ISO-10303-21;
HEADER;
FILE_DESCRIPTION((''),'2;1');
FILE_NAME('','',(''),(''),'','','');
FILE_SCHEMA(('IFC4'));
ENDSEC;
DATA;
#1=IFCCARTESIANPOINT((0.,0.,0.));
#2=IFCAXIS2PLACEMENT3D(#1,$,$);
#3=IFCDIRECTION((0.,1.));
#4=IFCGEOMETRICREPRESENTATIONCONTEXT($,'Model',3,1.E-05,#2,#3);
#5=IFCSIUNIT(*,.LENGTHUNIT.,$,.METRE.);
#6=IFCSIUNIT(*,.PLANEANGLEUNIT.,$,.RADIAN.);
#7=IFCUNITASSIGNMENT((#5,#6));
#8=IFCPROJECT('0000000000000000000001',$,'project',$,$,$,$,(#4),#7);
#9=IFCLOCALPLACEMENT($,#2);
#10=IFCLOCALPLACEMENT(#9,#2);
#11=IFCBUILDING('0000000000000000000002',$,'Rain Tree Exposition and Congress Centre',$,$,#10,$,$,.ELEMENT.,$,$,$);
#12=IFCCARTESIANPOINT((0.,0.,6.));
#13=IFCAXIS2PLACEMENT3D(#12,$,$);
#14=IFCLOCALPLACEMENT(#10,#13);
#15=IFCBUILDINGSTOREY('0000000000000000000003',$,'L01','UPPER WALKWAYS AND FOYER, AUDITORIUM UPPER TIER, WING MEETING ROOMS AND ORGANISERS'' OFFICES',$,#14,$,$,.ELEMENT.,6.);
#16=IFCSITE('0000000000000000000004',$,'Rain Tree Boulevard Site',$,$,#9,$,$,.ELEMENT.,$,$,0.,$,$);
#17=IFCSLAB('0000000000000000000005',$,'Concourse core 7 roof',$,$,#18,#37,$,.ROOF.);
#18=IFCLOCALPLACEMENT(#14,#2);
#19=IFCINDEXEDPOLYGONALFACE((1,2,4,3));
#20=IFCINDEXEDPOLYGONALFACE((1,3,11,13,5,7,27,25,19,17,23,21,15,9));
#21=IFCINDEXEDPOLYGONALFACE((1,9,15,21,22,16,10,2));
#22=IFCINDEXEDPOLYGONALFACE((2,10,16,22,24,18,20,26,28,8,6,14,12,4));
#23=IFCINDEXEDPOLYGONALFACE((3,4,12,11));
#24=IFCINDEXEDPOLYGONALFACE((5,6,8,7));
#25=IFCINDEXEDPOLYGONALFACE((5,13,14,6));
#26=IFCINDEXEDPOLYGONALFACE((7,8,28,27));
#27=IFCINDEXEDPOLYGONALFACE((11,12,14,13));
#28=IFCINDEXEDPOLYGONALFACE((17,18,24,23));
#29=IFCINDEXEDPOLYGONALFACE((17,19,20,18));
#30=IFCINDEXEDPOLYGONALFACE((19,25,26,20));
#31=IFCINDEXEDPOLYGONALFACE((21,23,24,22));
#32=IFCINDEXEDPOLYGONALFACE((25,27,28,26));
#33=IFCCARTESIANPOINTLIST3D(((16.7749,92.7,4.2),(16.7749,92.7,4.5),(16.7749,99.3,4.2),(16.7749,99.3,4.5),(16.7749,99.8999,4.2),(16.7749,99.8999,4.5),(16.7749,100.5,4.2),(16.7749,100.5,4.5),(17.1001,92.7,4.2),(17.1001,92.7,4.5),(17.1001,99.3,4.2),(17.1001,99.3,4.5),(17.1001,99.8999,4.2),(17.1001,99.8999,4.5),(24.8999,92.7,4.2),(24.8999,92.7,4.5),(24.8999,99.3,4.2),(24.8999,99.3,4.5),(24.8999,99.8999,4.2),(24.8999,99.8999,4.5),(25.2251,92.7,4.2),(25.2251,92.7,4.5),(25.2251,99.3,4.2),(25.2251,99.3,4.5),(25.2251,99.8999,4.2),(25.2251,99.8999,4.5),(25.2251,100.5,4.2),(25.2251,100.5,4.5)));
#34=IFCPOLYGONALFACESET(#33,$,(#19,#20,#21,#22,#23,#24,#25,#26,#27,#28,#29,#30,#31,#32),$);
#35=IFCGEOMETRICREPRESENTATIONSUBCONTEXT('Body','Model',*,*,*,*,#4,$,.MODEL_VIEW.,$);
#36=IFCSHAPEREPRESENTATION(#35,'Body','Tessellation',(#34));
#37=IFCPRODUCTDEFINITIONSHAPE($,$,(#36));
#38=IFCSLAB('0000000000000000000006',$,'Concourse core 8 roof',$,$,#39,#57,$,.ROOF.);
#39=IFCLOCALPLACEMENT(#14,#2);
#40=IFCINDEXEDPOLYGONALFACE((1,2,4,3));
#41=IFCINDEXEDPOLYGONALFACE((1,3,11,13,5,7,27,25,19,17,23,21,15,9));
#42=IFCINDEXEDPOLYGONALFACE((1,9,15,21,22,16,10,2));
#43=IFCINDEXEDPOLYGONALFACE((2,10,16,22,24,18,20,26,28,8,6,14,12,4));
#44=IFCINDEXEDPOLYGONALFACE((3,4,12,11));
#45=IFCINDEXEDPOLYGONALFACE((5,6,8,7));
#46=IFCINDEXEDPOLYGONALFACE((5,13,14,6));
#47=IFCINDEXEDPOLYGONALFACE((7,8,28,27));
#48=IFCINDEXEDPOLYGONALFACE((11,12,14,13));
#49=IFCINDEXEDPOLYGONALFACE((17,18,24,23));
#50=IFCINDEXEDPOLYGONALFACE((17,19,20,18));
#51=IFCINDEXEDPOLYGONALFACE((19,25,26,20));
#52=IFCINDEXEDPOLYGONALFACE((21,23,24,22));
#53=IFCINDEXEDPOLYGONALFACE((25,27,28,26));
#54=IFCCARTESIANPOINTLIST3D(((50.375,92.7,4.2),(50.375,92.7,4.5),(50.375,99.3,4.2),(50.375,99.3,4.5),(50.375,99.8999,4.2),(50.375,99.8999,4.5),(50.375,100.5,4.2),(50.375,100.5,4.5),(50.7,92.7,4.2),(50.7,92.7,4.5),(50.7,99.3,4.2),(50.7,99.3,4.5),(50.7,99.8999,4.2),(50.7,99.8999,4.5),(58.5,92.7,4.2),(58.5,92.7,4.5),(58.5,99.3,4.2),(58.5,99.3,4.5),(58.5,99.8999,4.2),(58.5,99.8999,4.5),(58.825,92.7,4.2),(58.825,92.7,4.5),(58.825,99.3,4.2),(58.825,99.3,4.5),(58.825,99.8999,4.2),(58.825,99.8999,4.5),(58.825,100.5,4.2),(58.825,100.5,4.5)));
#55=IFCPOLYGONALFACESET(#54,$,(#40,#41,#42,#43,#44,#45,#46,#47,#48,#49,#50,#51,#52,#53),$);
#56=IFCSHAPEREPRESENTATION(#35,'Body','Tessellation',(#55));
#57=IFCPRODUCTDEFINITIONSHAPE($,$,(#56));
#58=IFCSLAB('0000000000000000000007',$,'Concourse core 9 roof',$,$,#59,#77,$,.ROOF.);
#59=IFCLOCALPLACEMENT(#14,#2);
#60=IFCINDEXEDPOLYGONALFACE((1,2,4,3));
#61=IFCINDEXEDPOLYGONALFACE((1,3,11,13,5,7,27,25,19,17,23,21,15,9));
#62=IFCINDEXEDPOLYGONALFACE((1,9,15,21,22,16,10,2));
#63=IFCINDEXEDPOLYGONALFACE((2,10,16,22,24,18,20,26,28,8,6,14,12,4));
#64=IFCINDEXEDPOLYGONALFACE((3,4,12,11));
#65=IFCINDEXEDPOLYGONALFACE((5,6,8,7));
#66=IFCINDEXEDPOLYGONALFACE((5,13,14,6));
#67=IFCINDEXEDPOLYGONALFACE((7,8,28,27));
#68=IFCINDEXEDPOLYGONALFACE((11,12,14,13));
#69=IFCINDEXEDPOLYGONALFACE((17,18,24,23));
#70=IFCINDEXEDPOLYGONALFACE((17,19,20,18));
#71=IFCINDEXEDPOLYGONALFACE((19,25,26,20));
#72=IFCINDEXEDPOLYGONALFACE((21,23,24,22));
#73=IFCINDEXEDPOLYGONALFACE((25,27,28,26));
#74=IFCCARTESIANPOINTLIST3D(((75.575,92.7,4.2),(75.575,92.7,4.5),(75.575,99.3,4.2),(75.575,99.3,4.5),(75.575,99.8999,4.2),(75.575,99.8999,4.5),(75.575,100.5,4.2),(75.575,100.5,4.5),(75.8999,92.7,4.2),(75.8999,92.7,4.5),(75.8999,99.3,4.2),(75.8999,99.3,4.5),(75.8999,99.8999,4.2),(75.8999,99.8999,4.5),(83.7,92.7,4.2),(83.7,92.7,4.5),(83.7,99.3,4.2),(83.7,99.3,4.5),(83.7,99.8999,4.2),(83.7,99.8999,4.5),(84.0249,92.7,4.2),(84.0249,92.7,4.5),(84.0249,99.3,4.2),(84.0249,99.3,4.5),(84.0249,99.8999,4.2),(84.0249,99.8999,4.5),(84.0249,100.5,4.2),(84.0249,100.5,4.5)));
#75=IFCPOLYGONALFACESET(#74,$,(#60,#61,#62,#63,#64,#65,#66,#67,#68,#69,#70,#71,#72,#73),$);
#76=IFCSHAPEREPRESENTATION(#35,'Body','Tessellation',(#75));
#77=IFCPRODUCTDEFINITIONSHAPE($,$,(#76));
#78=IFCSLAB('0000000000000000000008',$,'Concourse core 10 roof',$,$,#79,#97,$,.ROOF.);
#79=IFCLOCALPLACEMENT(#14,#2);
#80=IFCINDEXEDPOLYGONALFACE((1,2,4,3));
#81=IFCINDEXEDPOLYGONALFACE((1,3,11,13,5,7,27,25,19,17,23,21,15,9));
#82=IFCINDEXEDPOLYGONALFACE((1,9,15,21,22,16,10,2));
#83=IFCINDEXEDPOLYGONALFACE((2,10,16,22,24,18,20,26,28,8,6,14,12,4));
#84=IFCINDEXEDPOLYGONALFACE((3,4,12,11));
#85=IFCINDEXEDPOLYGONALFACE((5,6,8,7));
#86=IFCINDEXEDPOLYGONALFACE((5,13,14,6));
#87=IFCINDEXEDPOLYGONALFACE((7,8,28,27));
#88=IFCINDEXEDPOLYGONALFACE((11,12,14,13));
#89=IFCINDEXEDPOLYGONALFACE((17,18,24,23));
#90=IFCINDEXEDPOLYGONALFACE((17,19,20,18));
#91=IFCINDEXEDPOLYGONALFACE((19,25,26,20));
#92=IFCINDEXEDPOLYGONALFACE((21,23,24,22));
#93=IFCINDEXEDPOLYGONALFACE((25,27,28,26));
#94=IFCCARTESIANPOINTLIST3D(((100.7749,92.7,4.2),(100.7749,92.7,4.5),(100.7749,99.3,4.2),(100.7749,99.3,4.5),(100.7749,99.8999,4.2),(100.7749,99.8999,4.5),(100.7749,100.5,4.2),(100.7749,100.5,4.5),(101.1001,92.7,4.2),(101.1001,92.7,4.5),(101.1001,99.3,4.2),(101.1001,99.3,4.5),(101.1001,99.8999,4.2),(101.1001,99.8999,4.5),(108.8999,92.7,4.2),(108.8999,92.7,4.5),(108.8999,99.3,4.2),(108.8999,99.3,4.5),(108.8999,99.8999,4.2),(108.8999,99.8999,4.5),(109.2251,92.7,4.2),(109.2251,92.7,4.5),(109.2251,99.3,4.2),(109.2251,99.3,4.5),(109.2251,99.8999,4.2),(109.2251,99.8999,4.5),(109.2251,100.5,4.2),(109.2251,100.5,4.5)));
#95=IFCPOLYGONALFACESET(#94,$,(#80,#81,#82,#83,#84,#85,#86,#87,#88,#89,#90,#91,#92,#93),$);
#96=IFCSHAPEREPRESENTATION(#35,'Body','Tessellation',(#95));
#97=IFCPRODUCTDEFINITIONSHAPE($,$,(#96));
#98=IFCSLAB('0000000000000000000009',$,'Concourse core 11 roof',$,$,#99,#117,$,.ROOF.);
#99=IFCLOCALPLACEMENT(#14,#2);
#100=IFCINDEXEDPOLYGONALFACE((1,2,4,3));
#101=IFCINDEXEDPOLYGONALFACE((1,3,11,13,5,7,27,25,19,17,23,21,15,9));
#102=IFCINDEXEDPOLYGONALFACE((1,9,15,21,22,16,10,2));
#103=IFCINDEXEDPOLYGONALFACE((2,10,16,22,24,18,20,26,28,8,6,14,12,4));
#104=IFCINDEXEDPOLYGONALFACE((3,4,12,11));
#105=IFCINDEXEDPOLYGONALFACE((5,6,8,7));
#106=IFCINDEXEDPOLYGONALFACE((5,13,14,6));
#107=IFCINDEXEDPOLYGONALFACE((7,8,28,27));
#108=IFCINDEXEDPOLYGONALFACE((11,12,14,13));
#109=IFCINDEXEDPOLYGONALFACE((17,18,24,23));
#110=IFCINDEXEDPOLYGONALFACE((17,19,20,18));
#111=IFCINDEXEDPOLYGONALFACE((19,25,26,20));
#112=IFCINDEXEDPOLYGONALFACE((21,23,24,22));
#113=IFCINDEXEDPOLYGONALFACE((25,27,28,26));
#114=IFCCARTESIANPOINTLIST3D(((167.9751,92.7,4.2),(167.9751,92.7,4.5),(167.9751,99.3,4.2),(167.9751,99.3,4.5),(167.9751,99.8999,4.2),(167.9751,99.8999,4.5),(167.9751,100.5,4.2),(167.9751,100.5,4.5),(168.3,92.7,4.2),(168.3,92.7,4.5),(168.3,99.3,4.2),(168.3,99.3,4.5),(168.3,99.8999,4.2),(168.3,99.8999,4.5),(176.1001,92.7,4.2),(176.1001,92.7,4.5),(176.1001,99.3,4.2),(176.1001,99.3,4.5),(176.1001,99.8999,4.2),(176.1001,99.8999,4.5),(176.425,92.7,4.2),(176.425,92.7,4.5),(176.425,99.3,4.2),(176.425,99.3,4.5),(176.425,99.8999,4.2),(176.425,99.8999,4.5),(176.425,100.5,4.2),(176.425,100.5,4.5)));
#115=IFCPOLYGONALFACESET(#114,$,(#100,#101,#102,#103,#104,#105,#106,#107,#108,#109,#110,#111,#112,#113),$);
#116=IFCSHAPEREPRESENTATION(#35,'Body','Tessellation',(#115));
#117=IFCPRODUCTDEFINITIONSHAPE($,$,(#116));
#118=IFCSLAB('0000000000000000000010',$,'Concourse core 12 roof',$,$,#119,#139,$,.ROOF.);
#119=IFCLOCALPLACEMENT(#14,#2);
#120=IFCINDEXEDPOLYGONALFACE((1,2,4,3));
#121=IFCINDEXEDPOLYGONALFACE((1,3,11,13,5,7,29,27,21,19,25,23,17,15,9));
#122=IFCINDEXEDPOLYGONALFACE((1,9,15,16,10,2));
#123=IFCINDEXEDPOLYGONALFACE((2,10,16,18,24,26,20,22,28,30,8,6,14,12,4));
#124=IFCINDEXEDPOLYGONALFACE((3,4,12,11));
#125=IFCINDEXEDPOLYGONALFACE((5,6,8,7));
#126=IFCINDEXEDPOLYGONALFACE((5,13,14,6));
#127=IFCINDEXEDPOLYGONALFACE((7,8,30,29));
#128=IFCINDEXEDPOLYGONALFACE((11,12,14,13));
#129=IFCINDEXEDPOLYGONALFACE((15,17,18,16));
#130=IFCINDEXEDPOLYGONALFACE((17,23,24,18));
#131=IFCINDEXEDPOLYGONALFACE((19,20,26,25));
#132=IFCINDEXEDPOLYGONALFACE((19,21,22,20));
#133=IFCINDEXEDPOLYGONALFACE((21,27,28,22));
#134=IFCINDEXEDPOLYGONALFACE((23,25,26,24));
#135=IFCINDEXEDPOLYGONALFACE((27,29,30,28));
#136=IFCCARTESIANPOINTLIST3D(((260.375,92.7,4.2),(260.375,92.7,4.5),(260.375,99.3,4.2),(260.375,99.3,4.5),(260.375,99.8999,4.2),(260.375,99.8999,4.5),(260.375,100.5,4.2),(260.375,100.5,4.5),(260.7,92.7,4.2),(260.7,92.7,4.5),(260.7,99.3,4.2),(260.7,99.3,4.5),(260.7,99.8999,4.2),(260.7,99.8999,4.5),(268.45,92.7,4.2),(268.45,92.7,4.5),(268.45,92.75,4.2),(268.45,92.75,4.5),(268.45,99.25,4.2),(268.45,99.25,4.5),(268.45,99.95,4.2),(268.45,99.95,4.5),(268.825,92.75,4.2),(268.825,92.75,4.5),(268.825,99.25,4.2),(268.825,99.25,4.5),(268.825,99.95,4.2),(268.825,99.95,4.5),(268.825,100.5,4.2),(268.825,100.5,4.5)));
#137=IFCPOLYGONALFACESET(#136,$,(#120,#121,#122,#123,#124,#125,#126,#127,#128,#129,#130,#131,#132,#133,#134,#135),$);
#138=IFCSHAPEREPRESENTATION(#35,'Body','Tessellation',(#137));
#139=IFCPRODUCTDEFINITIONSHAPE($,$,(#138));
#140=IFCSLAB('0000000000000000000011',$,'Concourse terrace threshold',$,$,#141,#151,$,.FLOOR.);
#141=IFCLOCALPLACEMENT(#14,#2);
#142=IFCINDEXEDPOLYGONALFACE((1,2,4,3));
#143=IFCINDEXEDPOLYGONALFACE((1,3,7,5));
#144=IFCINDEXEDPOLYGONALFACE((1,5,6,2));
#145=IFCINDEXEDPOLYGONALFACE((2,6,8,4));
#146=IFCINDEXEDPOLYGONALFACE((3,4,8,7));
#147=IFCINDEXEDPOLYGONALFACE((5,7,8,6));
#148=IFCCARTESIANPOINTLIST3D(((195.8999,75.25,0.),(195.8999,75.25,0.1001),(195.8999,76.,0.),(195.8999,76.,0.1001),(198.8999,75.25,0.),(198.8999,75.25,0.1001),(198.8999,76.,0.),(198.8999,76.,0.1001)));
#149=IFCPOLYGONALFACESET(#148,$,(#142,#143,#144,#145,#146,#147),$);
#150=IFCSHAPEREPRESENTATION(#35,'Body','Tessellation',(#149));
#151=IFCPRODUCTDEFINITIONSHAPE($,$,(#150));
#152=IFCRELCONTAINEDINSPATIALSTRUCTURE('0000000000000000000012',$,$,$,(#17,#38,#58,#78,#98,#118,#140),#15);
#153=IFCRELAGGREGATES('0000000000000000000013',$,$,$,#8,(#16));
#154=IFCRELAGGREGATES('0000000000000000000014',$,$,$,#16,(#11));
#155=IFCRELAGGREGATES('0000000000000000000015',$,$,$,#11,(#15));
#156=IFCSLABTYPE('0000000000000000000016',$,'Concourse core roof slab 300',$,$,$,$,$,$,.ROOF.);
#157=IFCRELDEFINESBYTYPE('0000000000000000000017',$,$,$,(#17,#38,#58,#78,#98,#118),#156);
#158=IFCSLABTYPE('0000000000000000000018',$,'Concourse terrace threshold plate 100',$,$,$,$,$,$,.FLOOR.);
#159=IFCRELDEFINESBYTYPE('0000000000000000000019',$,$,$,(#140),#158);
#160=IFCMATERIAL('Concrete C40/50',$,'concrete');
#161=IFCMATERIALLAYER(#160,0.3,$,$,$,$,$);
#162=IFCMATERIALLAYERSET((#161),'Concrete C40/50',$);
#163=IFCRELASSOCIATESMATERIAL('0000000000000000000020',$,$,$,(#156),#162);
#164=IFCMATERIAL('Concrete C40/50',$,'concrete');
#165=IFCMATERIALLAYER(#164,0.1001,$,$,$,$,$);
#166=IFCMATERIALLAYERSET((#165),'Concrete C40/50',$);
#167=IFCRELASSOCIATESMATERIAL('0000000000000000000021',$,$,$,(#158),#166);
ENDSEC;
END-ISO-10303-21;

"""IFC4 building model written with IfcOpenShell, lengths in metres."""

from ifc_helpers import new_model, si_unit, direction, frame, origin, place, context, subcontext, project, spatial, polyline, outline, extrude, material, layer, layer_set, type_object, element, save


model = new_model("IFC4")

# Units and contexts
model_context = context("Model", 3, precision=1e-05, world=origin(), true_north=direction((0.0, 1.0)))
body_context = subcontext(model_context, "Body", "Model", "MODEL_VIEW")
ifc_project = project(units=[si_unit("LENGTHUNIT", "METRE"), si_unit("PLANEANGLEUNIT", "RADIAN")], contexts=[model_context])

# Site, building, storey
site_placement = place(None, origin())
site = spatial("IfcSite", under=ifc_project, at=site_placement, Name="Rain Tree Boulevard Site", CompositionType="ELEMENT", RefElevation=0.0)
building_placement = place(site_placement, origin())
building = spatial("IfcBuilding", under=site, at=building_placement, Name="Rain Tree Exposition and Congress Centre", CompositionType="ELEMENT")
storey_placement = place(building_placement, frame((0.0, 0.0, 6.0)))
storey = spatial("IfcBuildingStorey", under=building, at=storey_placement, Name="L01", Description="UPPER WALKWAYS AND FOYER, AUDITORIUM UPPER TIER, WING MEETING ROOMS AND ORGANISERS' OFFICES", CompositionType="ELEMENT", Elevation=6.0)

# Slabs
ifc_material_1 = material(Name="Concrete C40/50", Category="concrete")
ifc_layer_1 = layer(ifc_material_1, 0.3)
ifc_layer_set_1 = layer_set([ifc_layer_1], Name="Concrete C40/50")
slab_type_1 = type_object("IfcSlabType", Name="Concourse core roof slab 300", PredefinedType="ROOF", material=ifc_layer_set_1)
slab_1_placement = place(storey_placement, frame((0.0, 0.0, 4.2)))
element("IfcSlab", 1, at=slab_1_placement, inside=storey, type_object=slab_type_1, Name="Concourse core 7 roof", PredefinedType="ROOF", context=body_context, shape_type="SweptSolid", body=[
    extrude(outline(polyline([(25.2251, 92.7), (24.8999, 92.7), (17.1001, 92.7), (16.7749, 92.7), (16.7749, 99.3), (17.1001, 99.3), (17.1001, 99.8999), (16.7749, 99.8999), (16.7749, 100.5), (25.2251, 100.5), (25.2251, 99.8999), (24.8999, 99.8999), (24.8999, 99.3), (25.2251, 99.3), (25.2251, 92.7)])), origin(), (0.0, 0.0, 1.0), 0.3),
])
slab_2_placement = place(storey_placement, frame((0.0, 0.0, 4.2)))
element("IfcSlab", 2, at=slab_2_placement, inside=storey, type_object=slab_type_1, Name="Concourse core 8 roof", PredefinedType="ROOF", context=body_context, shape_type="SweptSolid", body=[
    extrude(outline(polyline([(58.825, 92.7), (58.5, 92.7), (50.7, 92.7), (50.375, 92.7), (50.375, 99.3), (50.7, 99.3), (50.7, 99.8999), (50.375, 99.8999), (50.375, 100.5), (58.825, 100.5), (58.825, 99.8999), (58.5, 99.8999), (58.5, 99.3), (58.825, 99.3), (58.825, 92.7)])), origin(), (0.0, 0.0, 1.0), 0.3),
])
slab_3_placement = place(storey_placement, frame((0.0, 0.0, 4.2)))
element("IfcSlab", 3, at=slab_3_placement, inside=storey, type_object=slab_type_1, Name="Concourse core 9 roof", PredefinedType="ROOF", context=body_context, shape_type="SweptSolid", body=[
    extrude(outline(polyline([(84.0249, 92.7), (83.7, 92.7), (75.8999, 92.7), (75.575, 92.7), (75.575, 99.3), (75.8999, 99.3), (75.8999, 99.8999), (75.575, 99.8999), (75.575, 100.5), (84.0249, 100.5), (84.0249, 99.8999), (83.7, 99.8999), (83.7, 99.3), (84.0249, 99.3), (84.0249, 92.7)])), origin(), (0.0, 0.0, 1.0), 0.3),
])
slab_4_placement = place(storey_placement, frame((0.0, 0.0, 4.2)))
element("IfcSlab", 4, at=slab_4_placement, inside=storey, type_object=slab_type_1, Name="Concourse core 10 roof", PredefinedType="ROOF", context=body_context, shape_type="SweptSolid", body=[
    extrude(outline(polyline([(109.2251, 92.7), (108.8999, 92.7), (101.1001, 92.7), (100.7749, 92.7), (100.7749, 99.3), (101.1001, 99.3), (101.1001, 99.8999), (100.7749, 99.8999), (100.7749, 100.5), (109.2251, 100.5), (109.2251, 99.8999), (108.8999, 99.8999), (108.8999, 99.3), (109.2251, 99.3), (109.2251, 92.7)])), origin(), (0.0, 0.0, 1.0), 0.3),
])
slab_5_placement = place(storey_placement, frame((0.0, 0.0, 4.2)))
element("IfcSlab", 5, at=slab_5_placement, inside=storey, type_object=slab_type_1, Name="Concourse core 11 roof", PredefinedType="ROOF", context=body_context, shape_type="SweptSolid", body=[
    extrude(outline(polyline([(176.425, 92.7), (176.1001, 92.7), (168.3, 92.7), (167.9751, 92.7), (167.9751, 99.3), (168.3, 99.3), (168.3, 99.8999), (167.9751, 99.8999), (167.9751, 100.5), (176.425, 100.5), (176.425, 99.8999), (176.1001, 99.8999), (176.1001, 99.3), (176.425, 99.3), (176.425, 92.7)])), origin(), (0.0, 0.0, 1.0), 0.3),
])
slab_6_placement = place(storey_placement, frame((0.0, 0.0, 4.2)))
element("IfcSlab", 6, at=slab_6_placement, inside=storey, type_object=slab_type_1, Name="Concourse core 12 roof", PredefinedType="ROOF", context=body_context, shape_type="SweptSolid", body=[
    extrude(outline(polyline([(268.825, 92.75), (268.45, 92.75), (268.45, 92.7), (260.7, 92.7), (260.375, 92.7), (260.375, 99.3), (260.7, 99.3), (260.7, 99.8999), (260.375, 99.8999), (260.375, 100.5), (268.825, 100.5), (268.825, 99.95), (268.45, 99.95), (268.45, 99.25), (268.825, 99.25), (268.825, 92.75)])), origin(), (0.0, 0.0, 1.0), 0.3),
])
ifc_material_2 = material(Name="Concrete C40/50", Category="concrete")
ifc_layer_2 = layer(ifc_material_2, 0.1001)
ifc_layer_set_2 = layer_set([ifc_layer_2], Name="Concrete C40/50")
slab_type_2 = type_object("IfcSlabType", Name="Concourse terrace threshold plate 100", PredefinedType="FLOOR", material=ifc_layer_set_2)
slab_7_placement = place(storey_placement, origin())
element("IfcSlab", 7, at=slab_7_placement, inside=storey, type_object=slab_type_2, Name="Concourse terrace threshold", PredefinedType="FLOOR", context=body_context, shape_type="SweptSolid", body=[
    extrude(outline(polyline([(198.8999, 75.25), (195.8999, 75.25), (195.8999, 76.0), (198.8999, 76.0), (198.8999, 75.25)])), origin(), (0.0, 0.0, 1.0), 0.1001),
])

save(model, "model.ifc")
